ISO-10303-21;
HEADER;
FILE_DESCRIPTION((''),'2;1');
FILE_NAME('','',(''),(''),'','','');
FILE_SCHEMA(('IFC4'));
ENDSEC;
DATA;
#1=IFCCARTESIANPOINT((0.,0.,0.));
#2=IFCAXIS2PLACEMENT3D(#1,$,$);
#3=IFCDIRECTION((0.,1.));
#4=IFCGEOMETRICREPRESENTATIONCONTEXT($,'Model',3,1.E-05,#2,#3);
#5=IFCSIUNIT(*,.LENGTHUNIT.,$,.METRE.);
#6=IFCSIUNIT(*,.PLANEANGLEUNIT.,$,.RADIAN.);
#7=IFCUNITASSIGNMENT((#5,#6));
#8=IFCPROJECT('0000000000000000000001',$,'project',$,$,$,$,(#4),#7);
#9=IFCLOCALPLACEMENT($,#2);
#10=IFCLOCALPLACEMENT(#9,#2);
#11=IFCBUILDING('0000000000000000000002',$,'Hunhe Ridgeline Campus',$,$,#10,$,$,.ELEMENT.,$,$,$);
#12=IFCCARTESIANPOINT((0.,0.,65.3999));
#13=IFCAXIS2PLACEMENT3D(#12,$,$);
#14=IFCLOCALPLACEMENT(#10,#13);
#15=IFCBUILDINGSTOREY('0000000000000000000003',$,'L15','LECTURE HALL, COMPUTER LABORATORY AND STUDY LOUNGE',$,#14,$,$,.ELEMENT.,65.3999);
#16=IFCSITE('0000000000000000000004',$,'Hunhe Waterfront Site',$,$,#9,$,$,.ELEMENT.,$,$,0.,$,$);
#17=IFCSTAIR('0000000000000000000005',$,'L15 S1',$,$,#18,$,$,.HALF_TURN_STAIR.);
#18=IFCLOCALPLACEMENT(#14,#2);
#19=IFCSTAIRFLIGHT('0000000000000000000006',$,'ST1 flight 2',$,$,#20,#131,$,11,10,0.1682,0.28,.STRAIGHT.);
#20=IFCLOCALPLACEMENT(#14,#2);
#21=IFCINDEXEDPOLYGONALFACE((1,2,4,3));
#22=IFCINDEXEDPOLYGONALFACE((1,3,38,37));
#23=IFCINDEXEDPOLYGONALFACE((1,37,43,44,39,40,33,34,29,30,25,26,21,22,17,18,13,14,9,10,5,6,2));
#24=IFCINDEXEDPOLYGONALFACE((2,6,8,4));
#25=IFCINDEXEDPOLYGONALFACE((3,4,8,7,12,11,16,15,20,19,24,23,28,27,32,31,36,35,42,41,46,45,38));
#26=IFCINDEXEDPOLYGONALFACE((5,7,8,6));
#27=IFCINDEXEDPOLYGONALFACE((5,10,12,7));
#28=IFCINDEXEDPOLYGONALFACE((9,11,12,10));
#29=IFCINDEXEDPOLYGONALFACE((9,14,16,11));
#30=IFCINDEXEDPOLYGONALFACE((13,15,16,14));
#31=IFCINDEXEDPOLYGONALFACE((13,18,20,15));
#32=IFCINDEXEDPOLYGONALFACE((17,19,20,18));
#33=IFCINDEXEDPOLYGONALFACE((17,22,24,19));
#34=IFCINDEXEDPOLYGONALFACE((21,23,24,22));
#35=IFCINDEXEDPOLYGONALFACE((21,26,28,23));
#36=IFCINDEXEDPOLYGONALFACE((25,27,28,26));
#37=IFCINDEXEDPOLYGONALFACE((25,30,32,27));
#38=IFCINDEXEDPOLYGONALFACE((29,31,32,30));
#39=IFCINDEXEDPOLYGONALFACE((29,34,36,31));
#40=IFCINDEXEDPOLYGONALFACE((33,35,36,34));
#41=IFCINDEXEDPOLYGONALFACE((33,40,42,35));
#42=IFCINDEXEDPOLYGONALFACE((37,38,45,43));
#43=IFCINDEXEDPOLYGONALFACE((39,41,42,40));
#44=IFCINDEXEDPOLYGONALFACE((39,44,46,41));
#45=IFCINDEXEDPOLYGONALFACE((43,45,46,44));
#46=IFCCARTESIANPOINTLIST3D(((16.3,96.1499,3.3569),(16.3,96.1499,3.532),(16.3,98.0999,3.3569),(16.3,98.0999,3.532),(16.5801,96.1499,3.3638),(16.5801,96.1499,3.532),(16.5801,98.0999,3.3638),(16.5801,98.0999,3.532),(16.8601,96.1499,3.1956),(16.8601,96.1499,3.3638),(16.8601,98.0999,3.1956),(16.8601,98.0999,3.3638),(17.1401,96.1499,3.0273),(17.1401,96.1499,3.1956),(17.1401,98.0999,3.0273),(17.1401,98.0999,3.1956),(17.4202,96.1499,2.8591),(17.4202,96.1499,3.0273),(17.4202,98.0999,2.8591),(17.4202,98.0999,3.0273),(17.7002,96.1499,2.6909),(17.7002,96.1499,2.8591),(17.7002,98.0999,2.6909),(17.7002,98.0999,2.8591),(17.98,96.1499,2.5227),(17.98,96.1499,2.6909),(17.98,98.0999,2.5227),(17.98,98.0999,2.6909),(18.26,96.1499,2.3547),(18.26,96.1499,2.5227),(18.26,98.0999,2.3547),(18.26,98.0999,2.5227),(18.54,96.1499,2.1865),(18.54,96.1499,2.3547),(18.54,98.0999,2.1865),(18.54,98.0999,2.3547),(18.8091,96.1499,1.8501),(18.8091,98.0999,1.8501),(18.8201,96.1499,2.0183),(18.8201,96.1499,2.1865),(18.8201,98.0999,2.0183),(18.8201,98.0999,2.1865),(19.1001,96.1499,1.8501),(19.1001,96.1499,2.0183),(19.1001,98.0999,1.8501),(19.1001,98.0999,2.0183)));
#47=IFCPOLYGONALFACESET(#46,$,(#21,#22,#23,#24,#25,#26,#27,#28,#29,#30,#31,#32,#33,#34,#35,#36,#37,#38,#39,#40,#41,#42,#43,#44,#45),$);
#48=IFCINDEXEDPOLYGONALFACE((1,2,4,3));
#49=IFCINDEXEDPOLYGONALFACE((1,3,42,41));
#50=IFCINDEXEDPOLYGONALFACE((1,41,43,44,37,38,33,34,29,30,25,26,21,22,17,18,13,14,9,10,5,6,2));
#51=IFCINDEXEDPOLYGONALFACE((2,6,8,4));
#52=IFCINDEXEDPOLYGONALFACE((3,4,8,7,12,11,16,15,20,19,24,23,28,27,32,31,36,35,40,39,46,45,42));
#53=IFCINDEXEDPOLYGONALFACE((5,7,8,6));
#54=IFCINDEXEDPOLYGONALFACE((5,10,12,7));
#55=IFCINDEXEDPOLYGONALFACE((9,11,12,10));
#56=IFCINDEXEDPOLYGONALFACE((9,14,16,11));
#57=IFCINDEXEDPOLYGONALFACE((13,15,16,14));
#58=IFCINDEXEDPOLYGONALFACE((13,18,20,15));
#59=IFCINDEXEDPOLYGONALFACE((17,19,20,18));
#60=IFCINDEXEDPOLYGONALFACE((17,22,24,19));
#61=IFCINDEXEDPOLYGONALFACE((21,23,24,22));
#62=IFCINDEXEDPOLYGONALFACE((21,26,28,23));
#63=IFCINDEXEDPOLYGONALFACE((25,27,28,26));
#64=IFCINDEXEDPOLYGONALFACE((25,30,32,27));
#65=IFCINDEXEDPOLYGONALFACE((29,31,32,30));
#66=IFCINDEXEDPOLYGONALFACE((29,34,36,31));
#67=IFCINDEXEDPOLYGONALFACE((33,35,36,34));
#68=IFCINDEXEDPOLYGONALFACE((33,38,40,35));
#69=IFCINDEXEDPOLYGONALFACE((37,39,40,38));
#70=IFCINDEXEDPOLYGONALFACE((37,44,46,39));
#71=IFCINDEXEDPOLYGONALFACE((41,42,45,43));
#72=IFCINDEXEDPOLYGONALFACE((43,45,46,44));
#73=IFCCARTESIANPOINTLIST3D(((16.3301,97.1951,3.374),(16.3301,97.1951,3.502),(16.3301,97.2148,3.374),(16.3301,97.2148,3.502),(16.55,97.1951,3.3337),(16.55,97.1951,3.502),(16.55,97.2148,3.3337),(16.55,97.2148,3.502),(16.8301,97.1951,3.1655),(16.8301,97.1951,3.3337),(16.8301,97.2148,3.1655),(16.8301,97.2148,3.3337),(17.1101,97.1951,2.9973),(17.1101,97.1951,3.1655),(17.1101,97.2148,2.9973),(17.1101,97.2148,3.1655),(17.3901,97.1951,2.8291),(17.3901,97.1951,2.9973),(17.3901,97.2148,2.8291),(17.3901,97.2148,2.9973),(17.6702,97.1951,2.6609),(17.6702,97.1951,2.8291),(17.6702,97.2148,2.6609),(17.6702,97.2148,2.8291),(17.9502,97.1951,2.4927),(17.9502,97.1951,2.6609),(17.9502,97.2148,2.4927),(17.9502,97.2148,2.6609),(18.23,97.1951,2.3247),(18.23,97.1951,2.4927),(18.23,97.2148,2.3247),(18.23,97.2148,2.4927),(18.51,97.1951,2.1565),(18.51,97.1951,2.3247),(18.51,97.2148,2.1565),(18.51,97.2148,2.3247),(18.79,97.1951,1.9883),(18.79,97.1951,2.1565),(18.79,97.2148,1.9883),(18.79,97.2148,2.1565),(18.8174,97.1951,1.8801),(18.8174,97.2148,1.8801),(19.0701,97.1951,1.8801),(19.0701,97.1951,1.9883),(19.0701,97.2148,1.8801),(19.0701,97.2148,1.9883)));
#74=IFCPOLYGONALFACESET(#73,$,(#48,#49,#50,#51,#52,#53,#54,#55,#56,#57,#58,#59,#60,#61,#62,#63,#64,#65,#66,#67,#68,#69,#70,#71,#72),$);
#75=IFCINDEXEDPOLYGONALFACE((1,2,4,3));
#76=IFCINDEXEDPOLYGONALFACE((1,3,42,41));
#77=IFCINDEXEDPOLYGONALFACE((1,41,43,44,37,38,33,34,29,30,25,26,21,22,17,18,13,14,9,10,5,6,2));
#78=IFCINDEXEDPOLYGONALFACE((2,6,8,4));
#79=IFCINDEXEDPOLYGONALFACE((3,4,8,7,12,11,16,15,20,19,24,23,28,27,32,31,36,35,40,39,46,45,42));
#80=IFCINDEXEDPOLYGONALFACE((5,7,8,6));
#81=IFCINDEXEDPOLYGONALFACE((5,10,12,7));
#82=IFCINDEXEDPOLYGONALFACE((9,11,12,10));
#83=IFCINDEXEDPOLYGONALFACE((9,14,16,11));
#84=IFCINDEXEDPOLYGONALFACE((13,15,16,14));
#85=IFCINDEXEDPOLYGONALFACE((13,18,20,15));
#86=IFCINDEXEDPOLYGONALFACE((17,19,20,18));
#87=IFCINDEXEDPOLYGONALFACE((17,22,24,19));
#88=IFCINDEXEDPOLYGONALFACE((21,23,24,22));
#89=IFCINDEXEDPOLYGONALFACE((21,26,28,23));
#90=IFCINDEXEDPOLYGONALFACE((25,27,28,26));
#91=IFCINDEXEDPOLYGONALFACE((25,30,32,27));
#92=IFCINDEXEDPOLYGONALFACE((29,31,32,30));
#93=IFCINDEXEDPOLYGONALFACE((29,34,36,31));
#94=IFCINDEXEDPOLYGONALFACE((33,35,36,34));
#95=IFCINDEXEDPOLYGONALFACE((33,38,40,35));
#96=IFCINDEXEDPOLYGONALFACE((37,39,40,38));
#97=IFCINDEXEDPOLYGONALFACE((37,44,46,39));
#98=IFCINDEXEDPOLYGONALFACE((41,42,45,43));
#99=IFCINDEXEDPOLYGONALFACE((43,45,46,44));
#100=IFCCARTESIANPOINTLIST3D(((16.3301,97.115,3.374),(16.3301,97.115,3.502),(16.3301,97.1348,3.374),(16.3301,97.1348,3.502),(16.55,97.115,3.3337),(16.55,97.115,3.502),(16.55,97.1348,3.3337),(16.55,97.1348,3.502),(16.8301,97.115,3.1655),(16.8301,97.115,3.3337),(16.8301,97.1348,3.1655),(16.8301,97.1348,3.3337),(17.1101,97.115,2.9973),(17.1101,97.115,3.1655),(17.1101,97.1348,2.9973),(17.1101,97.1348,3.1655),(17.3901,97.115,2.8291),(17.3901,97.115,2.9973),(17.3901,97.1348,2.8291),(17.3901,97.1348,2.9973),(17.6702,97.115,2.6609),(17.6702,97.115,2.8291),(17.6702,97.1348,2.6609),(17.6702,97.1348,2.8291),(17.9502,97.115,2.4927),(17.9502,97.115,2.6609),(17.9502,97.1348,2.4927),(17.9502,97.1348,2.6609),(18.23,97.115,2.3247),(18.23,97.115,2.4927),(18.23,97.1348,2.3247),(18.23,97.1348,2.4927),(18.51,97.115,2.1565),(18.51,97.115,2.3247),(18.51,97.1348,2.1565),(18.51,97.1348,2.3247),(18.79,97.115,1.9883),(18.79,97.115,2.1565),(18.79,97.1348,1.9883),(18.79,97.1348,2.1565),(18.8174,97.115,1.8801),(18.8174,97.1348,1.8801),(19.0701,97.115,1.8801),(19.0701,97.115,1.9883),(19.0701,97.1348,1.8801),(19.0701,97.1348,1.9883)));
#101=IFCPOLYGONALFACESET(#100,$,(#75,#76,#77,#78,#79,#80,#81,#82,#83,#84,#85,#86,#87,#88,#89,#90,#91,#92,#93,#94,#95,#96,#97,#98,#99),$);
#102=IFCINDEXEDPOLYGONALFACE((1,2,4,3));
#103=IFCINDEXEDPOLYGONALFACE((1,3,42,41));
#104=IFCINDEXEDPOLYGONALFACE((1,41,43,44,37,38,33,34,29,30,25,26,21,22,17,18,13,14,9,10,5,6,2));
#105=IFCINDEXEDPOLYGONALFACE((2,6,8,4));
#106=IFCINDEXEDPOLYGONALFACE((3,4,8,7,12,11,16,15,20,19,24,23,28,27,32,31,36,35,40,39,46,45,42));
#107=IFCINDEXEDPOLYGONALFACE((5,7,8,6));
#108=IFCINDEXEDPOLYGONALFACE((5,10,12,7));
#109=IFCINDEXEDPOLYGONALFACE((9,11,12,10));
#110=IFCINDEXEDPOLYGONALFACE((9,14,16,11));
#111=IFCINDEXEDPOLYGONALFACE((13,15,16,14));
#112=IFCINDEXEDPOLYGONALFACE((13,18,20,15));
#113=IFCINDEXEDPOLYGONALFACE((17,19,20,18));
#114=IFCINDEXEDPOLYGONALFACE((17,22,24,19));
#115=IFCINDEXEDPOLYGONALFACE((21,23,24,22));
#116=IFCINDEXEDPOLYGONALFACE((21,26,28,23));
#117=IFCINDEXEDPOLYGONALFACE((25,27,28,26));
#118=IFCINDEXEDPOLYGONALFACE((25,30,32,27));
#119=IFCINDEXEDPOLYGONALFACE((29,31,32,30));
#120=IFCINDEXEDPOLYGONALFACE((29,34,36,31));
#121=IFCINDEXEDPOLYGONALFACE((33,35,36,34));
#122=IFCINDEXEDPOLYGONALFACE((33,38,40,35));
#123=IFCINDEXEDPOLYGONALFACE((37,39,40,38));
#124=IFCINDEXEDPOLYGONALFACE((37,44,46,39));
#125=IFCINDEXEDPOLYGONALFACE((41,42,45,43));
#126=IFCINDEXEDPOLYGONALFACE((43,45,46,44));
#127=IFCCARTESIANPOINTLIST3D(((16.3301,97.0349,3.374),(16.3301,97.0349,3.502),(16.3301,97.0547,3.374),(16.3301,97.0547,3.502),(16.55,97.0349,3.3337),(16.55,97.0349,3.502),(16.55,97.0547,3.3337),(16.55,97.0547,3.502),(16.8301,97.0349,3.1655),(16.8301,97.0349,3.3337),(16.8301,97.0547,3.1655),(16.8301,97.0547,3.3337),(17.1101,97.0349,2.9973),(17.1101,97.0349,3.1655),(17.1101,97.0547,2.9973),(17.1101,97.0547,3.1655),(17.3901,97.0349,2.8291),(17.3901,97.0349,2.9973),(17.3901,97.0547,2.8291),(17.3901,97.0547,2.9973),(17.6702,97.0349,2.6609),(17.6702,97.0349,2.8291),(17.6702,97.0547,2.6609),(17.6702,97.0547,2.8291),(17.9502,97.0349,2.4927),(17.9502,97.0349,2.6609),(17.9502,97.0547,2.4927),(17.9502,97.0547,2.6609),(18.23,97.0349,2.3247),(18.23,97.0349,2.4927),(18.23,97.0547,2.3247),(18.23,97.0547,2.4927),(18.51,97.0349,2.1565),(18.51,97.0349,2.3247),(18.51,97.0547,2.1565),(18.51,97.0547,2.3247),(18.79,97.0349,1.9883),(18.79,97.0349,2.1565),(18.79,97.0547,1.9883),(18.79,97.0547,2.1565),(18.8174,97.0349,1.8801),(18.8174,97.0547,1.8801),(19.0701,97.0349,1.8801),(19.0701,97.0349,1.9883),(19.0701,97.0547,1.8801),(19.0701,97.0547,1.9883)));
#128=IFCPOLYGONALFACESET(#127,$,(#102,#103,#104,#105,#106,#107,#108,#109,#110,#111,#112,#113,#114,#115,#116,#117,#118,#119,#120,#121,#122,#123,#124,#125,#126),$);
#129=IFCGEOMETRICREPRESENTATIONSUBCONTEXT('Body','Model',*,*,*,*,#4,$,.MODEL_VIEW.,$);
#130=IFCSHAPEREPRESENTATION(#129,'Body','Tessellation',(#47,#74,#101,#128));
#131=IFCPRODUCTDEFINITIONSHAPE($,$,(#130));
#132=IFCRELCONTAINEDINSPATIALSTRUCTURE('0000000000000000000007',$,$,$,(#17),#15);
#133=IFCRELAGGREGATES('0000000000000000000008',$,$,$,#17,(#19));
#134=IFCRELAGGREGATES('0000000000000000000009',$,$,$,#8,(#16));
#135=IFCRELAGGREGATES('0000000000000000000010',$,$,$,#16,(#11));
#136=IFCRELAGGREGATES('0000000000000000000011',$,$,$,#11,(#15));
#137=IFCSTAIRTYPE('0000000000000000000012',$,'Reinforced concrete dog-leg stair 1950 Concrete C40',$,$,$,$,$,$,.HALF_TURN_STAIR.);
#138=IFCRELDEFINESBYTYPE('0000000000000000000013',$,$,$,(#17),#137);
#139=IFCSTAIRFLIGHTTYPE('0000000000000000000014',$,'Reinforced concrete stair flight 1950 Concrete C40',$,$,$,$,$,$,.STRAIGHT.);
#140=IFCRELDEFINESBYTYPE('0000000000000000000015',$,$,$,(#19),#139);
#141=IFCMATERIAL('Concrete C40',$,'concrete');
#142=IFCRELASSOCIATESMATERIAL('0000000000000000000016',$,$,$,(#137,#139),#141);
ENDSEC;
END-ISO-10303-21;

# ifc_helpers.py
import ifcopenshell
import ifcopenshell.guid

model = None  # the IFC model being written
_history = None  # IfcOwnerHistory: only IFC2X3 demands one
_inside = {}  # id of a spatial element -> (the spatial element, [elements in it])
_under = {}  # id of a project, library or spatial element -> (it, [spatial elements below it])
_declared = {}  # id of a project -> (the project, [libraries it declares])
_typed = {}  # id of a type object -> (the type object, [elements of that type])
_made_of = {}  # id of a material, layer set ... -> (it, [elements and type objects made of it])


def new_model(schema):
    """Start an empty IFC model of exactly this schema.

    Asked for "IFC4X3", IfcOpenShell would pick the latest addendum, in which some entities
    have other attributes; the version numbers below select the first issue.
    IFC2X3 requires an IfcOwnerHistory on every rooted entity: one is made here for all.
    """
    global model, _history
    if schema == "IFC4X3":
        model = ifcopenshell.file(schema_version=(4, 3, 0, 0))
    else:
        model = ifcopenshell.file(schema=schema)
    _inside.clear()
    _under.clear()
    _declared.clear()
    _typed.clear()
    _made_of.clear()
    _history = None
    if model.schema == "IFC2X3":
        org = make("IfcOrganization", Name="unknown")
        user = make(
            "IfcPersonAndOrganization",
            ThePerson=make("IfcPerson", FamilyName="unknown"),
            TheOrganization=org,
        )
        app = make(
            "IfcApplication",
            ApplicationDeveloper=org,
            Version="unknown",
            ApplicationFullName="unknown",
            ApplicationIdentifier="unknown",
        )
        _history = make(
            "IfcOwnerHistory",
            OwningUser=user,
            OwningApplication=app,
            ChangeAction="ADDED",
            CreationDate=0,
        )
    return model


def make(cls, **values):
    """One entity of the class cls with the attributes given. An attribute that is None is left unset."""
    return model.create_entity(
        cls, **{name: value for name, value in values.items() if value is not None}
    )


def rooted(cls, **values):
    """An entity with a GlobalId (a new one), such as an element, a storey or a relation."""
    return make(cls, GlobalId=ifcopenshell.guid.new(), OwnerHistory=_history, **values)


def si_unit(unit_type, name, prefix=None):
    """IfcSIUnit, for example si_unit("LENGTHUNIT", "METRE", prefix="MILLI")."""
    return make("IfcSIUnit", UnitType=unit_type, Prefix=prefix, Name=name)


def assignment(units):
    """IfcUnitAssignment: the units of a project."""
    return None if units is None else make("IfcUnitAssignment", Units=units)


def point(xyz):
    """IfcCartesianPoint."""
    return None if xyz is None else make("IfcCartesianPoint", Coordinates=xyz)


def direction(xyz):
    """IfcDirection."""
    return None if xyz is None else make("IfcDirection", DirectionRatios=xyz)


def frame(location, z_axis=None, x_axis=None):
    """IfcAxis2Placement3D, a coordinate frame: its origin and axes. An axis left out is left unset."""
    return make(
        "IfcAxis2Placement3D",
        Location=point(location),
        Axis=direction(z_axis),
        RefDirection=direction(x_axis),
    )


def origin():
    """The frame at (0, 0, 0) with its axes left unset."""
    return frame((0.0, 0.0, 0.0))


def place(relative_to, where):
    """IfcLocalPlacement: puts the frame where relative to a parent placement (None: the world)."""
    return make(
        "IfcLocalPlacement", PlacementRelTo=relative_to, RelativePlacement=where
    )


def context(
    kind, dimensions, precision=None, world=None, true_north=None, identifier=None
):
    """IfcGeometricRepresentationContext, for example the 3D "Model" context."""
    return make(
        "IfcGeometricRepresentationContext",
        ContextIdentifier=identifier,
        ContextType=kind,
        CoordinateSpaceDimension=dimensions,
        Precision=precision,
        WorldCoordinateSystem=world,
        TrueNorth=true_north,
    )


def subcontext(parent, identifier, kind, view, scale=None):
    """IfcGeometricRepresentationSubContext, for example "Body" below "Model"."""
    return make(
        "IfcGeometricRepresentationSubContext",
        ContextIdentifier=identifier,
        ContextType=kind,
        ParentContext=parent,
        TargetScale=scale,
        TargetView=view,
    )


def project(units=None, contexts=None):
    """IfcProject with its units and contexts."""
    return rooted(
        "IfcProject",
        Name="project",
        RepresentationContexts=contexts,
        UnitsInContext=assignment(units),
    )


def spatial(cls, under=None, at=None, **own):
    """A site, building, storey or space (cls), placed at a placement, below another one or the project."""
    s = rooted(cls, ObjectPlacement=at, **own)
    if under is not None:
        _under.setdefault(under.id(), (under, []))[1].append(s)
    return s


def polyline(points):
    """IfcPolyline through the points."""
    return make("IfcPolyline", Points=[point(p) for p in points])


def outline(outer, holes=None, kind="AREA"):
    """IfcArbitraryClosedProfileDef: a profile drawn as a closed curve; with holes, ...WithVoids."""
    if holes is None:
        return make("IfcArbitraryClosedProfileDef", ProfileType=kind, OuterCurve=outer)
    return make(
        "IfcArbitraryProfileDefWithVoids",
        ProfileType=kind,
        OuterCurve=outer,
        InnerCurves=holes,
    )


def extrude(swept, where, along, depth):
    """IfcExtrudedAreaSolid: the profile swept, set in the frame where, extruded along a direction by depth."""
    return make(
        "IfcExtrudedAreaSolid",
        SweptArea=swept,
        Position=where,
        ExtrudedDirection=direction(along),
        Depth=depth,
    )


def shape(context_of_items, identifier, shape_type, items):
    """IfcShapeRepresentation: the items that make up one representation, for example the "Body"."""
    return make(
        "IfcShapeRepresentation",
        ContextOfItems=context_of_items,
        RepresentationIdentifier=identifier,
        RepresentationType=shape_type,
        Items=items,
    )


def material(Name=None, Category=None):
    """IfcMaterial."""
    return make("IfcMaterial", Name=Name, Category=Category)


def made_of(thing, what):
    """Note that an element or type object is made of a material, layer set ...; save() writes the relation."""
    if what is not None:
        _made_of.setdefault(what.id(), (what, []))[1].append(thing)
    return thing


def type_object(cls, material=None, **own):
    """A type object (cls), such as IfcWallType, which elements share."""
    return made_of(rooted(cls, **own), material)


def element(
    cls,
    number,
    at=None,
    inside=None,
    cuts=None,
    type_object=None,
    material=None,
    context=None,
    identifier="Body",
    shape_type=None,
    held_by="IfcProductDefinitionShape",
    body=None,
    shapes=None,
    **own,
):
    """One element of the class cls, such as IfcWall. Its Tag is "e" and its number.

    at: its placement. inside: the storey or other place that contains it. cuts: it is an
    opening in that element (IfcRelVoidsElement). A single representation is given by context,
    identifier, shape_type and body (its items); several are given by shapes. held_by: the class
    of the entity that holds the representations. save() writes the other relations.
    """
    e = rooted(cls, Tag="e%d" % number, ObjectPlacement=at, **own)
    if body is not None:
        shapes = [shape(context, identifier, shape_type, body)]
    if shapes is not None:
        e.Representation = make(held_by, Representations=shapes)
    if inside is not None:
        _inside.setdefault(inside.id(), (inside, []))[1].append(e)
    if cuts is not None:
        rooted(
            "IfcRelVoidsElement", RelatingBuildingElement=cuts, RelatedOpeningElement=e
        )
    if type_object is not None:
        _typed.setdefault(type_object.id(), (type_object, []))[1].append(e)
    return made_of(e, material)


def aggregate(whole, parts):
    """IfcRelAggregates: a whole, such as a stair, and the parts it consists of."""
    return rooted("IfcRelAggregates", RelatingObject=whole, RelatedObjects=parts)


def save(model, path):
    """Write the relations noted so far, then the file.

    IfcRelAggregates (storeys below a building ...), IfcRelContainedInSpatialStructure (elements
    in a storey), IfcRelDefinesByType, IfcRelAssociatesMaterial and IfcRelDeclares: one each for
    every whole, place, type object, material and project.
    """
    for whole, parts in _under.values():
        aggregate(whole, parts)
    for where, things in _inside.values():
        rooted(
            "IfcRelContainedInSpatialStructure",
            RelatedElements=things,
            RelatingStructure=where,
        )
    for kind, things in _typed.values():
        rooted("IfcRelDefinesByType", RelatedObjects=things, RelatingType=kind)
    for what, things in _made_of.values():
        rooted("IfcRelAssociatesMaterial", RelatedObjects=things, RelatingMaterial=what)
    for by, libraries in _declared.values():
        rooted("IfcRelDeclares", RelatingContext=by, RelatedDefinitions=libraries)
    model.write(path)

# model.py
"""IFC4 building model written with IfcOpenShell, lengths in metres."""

from ifc_helpers import new_model, si_unit, direction, frame, origin, place, context, subcontext, project, spatial, polyline, outline, extrude, material, type_object, element, aggregate, save


model = new_model("IFC4")

# Units and contexts
model_context = context("Model", 3, precision=1e-05, world=origin(), true_north=direction((0.0, 1.0)))
body_context = subcontext(model_context, "Body", "Model", "MODEL_VIEW")
ifc_project = project(units=[si_unit("LENGTHUNIT", "METRE"), si_unit("PLANEANGLEUNIT", "RADIAN")], contexts=[model_context])

# Site, building, storey
site_placement = place(None, origin())
site = spatial("IfcSite", under=ifc_project, at=site_placement, Name="Hunhe Waterfront Site", CompositionType="ELEMENT", RefElevation=0.0)
building_placement = place(site_placement, origin())
building = spatial("IfcBuilding", under=site, at=building_placement, Name="Hunhe Ridgeline Campus", CompositionType="ELEMENT")
storey_placement = place(building_placement, frame((0.0, 0.0, 65.3999)))
storey = spatial("IfcBuildingStorey", under=building, at=storey_placement, Name="L15", Description="LECTURE HALL, COMPUTER LABORATORY AND STUDY LOUNGE", CompositionType="ELEMENT", Elevation=65.3999)

# Stair, stair flight
ifc_material_1 = material(Name="Concrete C40", Category="concrete")
stair_type = type_object("IfcStairType", Name="Reinforced concrete dog-leg stair 1950 Concrete C40", PredefinedType="HALF_TURN_STAIR", material=ifc_material_1)
stair_1_placement = place(storey_placement, origin())
stair_1 = element("IfcStair", 1, at=stair_1_placement, inside=storey, type_object=stair_type, Name="L15 S1", PredefinedType="HALF_TURN_STAIR")
stair_flight_type = type_object("IfcStairFlightType", Name="Reinforced concrete stair flight 1950 Concrete C40", PredefinedType="STRAIGHT", material=ifc_material_1)
stair_flight_1_placement = place(storey_placement, frame((19.1001, 97.125, 1.8501), z_axis=(0.0, 0.0, 1.0), x_axis=(-1.0, 0.0, 0.0)))
stair_flight_1 = element("IfcStairFlight", 2, at=stair_flight_1_placement, type_object=stair_flight_type, Name="ST1 flight 2", NumberOfRisers=11, NumberOfTreads=10, PredefinedType="STRAIGHT", RiserHeight=0.1682, TreadLength=0.28, context=body_context, shape_type="SweptSolid", body=[
    extrude(outline(polyline([(0.0, 0.0), (0.0, 0.1682), (0.28, 0.1682), (0.28, 0.3364), (0.5601, 0.3364), (0.5601, 0.5046), (0.8401, 0.5046), (0.8401, 0.6726), (1.1201, 0.6726), (1.1201, 0.8408), (1.3999, 0.8408), (1.3999, 1.009), (1.6799, 1.009), (1.6799, 1.1772), (1.96, 1.1772), (1.96, 1.3455), (2.24, 1.3455), (2.24, 1.5137), (2.52, 1.5137), (2.52, 1.6819), (2.8, 1.6819), (2.8, 1.8501), (2.8, 1.5068), (0.291, 0.0), (0.0, 0.0)])), frame((0.0, 0.9751, 0.0), z_axis=(0.0, -1.0, 0.0), x_axis=(1.0, 0.0, 0.0)), (0.0, 0.0, 1.0), 1.95),
    extrude(outline(polyline([(0.03, 0.03), (0.03, 0.1382), (0.3101, 0.1382), (0.3101, 0.3064), (0.5901, 0.3064), (0.5901, 0.4746), (0.8701, 0.4746), (0.8701, 0.6426), (1.1499, 0.6426), (1.1499, 0.8108), (1.4299, 0.8108), (1.4299, 0.979), (1.71, 0.979), (1.71, 1.1472), (1.99, 1.1472), (1.99, 1.3154), (2.27, 1.3154), (2.27, 1.4836), (2.55, 1.4836), (2.55, 1.6519), (2.77, 1.6519), (2.77, 1.5239), (0.2827, 0.03), (0.03, 0.03)])), frame((0.0, -0.0701, 0.0), z_axis=(0.0, -1.0, 0.0), x_axis=(1.0, 0.0, 0.0)), (0.0, 0.0, 1.0), 0.0198),
    extrude(outline(polyline([(0.03, 0.03), (0.03, 0.1382), (0.3101, 0.1382), (0.3101, 0.3064), (0.5901, 0.3064), (0.5901, 0.4746), (0.8701, 0.4746), (0.8701, 0.6426), (1.1499, 0.6426), (1.1499, 0.8108), (1.4299, 0.8108), (1.4299, 0.979), (1.71, 0.979), (1.71, 1.1472), (1.99, 1.1472), (1.99, 1.3154), (2.27, 1.3154), (2.27, 1.4836), (2.55, 1.4836), (2.55, 1.6519), (2.77, 1.6519), (2.77, 1.5239), (0.2827, 0.03), (0.03, 0.03)])), frame((0.0, 0.01, 0.0), z_axis=(0.0, -1.0, 0.0), x_axis=(1.0, 0.0, 0.0)), (0.0, 0.0, 1.0), 0.0198),
    extrude(outline(polyline([(0.03, 0.03), (0.03, 0.1382), (0.3101, 0.1382), (0.3101, 0.3064), (0.5901, 0.3064), (0.5901, 0.4746), (0.8701, 0.4746), (0.8701, 0.6426), (1.1499, 0.6426), (1.1499, 0.8108), (1.4299, 0.8108), (1.4299, 0.979), (1.71, 0.979), (1.71, 1.1472), (1.99, 1.1472), (1.99, 1.3154), (2.27, 1.3154), (2.27, 1.4836), (2.55, 1.4836), (2.55, 1.6519), (2.77, 1.6519), (2.77, 1.5239), (0.2827, 0.03), (0.03, 0.03)])), frame((0.0, 0.0901, 0.0), z_axis=(0.0, -1.0, 0.0), x_axis=(1.0, 0.0, 0.0)), (0.0, 0.0, 1.0), 0.0198),
])
aggregate(stair_1, [stair_flight_1])

save(model, "model.ifc")
